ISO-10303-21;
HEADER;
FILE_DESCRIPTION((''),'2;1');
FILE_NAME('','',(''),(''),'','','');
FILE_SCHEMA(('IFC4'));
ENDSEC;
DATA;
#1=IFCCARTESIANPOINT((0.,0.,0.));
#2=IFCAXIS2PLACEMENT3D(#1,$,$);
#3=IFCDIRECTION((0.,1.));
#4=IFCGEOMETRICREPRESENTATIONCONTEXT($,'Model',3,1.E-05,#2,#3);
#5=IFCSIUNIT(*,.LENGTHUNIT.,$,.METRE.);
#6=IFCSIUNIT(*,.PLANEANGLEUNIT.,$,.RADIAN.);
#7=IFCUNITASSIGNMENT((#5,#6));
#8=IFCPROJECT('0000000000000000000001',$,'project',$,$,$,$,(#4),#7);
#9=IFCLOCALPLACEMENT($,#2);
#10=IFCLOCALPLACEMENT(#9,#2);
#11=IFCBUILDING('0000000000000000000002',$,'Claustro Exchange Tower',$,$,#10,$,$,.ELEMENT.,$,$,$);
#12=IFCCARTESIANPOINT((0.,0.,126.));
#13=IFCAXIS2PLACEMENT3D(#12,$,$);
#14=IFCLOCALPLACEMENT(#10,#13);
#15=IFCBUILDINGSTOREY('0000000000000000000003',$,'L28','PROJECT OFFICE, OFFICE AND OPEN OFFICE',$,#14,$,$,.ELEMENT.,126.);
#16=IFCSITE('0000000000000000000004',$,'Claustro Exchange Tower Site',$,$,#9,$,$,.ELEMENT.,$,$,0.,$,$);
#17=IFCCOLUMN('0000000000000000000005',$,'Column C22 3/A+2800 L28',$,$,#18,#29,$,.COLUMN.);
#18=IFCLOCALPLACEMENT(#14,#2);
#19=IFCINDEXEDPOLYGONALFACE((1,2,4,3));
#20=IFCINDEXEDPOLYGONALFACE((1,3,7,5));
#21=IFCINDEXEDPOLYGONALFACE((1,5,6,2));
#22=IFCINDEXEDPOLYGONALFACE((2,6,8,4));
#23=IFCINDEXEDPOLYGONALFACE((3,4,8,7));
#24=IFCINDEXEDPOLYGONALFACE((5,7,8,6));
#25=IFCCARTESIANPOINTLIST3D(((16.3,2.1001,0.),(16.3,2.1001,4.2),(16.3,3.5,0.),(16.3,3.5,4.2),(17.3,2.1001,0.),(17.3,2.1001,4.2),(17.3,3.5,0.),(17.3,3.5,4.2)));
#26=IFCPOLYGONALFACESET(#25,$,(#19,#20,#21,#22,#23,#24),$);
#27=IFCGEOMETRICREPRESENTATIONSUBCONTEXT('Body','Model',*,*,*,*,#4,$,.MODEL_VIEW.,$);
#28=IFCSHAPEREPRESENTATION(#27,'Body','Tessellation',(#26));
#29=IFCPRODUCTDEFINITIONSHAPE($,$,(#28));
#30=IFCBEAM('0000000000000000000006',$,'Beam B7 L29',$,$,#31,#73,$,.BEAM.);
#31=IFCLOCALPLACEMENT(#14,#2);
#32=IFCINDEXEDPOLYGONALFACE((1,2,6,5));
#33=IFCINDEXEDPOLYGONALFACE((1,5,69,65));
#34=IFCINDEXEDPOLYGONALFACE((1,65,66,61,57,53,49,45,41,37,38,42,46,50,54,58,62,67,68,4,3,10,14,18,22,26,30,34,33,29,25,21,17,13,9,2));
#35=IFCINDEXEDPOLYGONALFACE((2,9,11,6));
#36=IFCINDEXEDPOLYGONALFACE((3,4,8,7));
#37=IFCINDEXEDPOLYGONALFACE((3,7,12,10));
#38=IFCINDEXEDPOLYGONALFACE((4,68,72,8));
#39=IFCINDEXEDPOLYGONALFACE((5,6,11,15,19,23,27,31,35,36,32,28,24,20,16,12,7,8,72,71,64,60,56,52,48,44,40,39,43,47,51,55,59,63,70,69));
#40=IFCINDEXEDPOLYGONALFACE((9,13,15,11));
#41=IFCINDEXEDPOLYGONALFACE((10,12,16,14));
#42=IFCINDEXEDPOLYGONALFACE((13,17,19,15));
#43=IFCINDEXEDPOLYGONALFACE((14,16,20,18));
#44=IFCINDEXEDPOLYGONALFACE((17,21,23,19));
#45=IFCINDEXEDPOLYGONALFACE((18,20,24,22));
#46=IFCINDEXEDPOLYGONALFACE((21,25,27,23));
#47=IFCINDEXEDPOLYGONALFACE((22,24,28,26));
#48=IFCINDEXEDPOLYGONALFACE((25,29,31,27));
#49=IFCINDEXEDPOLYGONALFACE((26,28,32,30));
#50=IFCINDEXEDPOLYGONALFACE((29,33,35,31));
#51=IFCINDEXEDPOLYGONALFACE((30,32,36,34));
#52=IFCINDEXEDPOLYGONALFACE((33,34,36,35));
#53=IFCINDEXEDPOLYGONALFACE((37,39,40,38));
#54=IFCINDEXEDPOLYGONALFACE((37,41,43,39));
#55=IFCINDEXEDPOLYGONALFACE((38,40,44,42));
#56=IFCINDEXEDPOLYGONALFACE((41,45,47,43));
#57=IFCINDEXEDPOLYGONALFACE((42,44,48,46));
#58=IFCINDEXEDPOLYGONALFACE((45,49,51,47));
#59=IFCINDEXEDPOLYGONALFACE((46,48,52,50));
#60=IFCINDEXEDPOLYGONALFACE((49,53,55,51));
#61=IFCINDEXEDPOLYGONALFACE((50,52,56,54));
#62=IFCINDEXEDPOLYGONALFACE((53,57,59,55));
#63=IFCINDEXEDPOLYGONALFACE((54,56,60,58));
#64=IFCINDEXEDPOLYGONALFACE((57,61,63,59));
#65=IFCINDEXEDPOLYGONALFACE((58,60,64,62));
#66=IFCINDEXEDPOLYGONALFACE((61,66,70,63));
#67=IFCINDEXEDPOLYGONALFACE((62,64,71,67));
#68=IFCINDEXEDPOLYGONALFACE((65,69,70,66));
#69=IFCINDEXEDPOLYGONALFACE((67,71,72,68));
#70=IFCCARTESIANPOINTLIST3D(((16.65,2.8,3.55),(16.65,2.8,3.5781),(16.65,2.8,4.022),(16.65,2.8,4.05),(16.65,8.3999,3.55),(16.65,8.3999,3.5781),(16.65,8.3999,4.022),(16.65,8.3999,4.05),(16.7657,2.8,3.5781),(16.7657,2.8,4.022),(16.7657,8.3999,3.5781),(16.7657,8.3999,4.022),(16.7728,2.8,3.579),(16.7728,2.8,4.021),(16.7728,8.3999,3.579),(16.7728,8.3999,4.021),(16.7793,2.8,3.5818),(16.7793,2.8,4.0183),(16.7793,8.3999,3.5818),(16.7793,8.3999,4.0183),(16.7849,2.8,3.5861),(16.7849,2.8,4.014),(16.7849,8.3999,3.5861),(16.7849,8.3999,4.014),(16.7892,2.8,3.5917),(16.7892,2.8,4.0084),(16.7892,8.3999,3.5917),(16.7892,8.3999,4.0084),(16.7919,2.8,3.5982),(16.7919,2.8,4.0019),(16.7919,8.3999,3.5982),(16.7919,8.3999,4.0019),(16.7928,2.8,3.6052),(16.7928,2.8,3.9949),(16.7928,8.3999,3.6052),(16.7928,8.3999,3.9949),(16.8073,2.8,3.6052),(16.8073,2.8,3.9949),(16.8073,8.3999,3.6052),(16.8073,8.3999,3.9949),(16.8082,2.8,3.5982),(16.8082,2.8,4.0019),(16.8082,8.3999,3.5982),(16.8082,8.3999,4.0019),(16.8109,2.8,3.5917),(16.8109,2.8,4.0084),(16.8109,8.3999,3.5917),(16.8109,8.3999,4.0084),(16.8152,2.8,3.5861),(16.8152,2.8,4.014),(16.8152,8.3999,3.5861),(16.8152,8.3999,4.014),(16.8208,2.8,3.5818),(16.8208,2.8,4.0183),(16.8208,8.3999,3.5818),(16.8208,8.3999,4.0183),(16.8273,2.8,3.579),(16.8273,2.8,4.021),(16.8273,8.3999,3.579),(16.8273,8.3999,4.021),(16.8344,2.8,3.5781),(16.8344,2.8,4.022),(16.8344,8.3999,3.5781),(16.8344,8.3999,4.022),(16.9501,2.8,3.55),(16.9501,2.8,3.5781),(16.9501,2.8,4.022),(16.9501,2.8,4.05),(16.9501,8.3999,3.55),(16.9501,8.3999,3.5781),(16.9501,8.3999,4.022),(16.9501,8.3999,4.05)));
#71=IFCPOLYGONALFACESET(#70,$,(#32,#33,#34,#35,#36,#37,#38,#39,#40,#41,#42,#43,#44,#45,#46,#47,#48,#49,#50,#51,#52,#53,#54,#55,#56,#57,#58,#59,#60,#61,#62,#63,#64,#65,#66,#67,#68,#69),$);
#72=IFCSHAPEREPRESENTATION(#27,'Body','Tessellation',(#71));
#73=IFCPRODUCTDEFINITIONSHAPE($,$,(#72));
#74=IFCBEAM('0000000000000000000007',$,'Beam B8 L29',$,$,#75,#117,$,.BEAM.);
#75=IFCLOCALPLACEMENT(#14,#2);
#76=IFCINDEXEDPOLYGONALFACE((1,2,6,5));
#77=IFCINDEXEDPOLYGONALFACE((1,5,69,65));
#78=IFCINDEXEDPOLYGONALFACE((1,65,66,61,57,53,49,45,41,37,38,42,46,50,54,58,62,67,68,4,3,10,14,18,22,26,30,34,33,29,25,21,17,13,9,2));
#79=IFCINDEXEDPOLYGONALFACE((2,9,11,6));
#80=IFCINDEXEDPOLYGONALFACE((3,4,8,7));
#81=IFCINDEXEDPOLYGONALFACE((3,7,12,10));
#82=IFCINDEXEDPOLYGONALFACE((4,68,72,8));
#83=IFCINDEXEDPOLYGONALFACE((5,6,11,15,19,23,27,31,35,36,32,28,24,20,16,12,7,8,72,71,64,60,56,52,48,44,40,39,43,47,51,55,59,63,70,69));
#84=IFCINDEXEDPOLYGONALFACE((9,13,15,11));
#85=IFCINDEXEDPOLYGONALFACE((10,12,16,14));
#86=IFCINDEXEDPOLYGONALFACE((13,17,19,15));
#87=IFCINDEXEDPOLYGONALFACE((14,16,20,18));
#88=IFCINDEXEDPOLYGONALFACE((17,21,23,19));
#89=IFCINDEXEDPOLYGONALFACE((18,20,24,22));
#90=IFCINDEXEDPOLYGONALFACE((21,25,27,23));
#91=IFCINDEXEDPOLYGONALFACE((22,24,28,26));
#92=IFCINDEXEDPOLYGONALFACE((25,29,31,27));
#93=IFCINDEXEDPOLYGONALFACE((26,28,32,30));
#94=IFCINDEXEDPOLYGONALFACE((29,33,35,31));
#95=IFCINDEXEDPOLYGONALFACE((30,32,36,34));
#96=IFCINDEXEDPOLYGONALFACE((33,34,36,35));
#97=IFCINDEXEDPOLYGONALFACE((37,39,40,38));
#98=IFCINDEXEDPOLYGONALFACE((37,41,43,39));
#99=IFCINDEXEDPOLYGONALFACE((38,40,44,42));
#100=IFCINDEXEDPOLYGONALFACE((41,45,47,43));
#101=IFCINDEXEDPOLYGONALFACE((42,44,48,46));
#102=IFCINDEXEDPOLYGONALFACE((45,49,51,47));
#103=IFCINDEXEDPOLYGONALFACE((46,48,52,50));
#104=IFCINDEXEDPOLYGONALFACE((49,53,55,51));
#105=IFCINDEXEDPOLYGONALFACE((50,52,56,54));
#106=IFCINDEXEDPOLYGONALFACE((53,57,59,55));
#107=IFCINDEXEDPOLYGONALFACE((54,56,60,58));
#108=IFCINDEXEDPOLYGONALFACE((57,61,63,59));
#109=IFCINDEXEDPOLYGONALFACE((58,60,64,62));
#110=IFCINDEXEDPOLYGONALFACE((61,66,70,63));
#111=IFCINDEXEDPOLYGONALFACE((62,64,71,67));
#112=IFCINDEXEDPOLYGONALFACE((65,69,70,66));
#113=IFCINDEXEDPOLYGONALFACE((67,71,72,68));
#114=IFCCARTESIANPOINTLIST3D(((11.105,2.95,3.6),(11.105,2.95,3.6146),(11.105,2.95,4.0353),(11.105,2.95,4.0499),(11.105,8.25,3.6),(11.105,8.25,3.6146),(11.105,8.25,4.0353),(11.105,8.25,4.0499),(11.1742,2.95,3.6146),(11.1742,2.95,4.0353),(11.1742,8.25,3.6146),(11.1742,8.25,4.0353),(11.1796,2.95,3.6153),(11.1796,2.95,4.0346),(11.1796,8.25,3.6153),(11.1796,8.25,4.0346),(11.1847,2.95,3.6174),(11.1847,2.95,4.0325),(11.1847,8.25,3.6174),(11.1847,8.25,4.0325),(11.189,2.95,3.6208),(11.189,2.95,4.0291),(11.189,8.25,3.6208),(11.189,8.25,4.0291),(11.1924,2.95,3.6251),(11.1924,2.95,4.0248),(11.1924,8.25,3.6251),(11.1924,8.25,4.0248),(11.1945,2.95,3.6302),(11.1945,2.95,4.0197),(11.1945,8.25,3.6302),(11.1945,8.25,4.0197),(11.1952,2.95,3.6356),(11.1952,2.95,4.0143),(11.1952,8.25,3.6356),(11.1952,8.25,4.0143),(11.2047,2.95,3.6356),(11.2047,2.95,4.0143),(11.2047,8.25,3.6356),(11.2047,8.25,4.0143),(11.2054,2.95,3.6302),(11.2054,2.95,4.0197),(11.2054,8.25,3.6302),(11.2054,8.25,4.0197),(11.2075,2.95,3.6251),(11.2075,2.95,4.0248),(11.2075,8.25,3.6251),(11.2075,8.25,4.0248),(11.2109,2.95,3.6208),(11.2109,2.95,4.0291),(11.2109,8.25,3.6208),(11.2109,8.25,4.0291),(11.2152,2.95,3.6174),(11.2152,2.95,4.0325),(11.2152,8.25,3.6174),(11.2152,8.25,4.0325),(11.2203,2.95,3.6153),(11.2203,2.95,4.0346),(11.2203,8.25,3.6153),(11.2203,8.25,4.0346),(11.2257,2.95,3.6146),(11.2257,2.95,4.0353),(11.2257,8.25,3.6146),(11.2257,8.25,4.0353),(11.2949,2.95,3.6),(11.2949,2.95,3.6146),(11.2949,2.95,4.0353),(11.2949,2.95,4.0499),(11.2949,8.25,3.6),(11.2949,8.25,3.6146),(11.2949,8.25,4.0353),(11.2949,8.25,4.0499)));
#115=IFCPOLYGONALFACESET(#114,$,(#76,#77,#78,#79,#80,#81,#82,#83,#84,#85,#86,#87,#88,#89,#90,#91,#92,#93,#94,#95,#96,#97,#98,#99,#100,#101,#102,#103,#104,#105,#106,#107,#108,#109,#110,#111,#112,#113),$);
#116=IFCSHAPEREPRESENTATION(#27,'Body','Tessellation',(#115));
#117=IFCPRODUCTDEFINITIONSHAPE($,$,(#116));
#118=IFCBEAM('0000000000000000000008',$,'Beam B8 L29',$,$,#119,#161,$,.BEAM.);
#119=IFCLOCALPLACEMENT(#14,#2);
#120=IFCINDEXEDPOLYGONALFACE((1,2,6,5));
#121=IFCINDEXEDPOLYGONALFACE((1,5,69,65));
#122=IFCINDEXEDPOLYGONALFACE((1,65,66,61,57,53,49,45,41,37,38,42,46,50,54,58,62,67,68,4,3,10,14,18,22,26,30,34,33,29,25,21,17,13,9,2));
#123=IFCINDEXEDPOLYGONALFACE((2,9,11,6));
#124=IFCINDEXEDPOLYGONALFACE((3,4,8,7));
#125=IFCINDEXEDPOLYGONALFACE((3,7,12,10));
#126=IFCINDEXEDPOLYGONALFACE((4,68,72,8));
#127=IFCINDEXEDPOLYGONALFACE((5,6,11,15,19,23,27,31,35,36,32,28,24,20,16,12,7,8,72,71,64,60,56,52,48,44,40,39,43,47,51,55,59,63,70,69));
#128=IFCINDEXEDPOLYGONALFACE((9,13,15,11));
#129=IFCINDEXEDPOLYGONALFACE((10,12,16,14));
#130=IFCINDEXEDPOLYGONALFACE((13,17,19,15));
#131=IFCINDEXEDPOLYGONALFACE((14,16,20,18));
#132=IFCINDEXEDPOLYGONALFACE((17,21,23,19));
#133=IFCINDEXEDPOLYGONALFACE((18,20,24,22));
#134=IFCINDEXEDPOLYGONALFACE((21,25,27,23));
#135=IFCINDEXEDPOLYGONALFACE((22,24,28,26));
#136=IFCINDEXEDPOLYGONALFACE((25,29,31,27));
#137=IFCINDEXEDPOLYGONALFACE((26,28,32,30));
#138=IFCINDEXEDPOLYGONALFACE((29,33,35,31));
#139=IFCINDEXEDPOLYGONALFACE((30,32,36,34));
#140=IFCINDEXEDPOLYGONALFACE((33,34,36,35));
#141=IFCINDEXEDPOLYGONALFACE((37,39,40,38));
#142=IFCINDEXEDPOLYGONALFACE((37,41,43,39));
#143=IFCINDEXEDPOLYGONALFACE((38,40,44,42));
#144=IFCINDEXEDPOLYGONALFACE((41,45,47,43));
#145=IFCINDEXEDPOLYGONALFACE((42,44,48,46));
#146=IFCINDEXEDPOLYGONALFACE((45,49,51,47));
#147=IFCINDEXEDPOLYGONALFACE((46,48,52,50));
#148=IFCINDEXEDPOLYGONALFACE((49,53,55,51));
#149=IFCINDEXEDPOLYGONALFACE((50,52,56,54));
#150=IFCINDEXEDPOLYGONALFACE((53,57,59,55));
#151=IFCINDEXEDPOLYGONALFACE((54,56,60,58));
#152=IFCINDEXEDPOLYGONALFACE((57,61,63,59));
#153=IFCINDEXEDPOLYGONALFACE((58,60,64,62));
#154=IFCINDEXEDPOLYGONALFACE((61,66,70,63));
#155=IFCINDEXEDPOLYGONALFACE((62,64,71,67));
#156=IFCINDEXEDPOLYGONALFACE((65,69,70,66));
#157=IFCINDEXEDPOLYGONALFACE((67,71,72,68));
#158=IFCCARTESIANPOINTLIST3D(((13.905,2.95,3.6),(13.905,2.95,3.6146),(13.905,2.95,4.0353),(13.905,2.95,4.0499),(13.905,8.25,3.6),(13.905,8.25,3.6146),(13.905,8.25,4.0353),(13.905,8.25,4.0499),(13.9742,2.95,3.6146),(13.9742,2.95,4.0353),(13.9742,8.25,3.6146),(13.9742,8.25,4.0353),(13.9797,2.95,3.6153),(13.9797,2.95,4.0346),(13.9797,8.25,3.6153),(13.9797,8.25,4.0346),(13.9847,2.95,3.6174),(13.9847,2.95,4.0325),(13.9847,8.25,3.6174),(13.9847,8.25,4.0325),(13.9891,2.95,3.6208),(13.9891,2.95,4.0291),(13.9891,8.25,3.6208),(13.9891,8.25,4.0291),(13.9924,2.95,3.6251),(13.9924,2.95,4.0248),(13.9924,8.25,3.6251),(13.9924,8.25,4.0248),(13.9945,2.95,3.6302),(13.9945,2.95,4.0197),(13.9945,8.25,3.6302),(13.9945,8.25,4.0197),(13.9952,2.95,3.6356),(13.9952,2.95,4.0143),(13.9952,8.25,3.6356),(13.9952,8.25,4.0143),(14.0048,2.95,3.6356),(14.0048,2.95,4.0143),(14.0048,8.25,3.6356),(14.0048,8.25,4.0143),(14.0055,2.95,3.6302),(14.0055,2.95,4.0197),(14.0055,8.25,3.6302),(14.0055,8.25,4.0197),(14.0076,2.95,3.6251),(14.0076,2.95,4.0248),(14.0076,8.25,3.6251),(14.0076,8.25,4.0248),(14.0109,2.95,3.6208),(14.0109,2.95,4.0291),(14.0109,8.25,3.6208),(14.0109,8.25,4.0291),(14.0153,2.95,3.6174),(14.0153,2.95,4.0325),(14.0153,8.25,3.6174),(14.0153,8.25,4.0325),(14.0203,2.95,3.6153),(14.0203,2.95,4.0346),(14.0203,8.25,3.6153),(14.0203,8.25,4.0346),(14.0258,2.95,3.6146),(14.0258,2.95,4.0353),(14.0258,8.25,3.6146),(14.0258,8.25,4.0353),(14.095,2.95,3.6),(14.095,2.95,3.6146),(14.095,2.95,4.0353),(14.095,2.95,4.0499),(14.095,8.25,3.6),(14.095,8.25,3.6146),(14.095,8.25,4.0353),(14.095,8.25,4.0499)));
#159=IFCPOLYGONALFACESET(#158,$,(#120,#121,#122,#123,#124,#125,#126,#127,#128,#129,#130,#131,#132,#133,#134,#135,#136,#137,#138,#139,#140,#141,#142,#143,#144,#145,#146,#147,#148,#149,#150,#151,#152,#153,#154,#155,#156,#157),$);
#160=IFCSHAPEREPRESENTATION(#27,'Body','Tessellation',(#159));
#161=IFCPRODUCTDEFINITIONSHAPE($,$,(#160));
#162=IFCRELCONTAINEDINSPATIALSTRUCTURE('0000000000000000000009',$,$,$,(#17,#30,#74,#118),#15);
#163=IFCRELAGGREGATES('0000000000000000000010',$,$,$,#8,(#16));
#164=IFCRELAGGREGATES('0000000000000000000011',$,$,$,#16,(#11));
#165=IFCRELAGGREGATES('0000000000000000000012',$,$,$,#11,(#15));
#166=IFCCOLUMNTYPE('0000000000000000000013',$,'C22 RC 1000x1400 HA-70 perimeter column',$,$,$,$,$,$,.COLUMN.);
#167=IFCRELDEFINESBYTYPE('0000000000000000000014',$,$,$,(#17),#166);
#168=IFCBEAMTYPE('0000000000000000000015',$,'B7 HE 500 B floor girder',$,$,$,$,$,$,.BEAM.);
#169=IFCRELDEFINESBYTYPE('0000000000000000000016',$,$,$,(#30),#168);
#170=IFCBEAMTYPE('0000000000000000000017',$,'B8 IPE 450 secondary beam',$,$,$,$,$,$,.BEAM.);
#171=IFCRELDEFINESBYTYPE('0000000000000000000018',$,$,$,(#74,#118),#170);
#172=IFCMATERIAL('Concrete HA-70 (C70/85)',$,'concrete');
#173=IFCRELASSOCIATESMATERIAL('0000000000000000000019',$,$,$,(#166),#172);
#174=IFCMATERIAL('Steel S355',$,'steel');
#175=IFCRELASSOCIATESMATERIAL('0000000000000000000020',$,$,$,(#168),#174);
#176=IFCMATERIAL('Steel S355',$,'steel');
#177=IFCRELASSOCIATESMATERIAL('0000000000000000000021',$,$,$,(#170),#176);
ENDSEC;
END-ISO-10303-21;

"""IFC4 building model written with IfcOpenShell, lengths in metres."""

from ifc_helpers import new_model, si_unit, direction, frame, origin, origin_2d, place, context, subcontext, project, spatial, rectangle, i_section, extrude, material, material_profile, profile_set, type_object, element, save


model = new_model("IFC4")

# Units and contexts
model_context = context("Model", 3, precision=1e-05, world=origin(), true_north=direction((0.0, 1.0)))
body_context = subcontext(model_context, "Body", "Model", "MODEL_VIEW")
ifc_project = project(units=[si_unit("LENGTHUNIT", "METRE"), si_unit("PLANEANGLEUNIT", "RADIAN")], contexts=[model_context])

# Site, building, storey
site_placement = place(None, origin())
site = spatial("IfcSite", under=ifc_project, at=site_placement, Name="Claustro Exchange Tower Site", CompositionType="ELEMENT", RefElevation=0.0)
building_placement = place(site_placement, origin())
building = spatial("IfcBuilding", under=site, at=building_placement, Name="Claustro Exchange Tower", CompositionType="ELEMENT")
storey_placement = place(building_placement, frame((0.0, 0.0, 126.0)))
storey = spatial("IfcBuildingStorey", under=building, at=storey_placement, Name="L28", Description="PROJECT OFFICE, OFFICE AND OPEN OFFICE", CompositionType="ELEMENT", Elevation=126.0)

# Column
ifc_material_1 = material(Name="Concrete HA-70 (C70/85)", Category="concrete")
ifc_material_profile_1 = material_profile(ifc_material_1, rectangle(XDim=1.0, YDim=1.3999, at=origin_2d()), Name="RC 1000x1400")
ifc_profile_set_1 = profile_set([ifc_material_profile_1], Name="Concrete HA-70 (C70/85)")
column_type = type_object("IfcColumnType", Name="C22 RC 1000x1400 HA-70 perimeter column", PredefinedType="COLUMN", material=ifc_profile_set_1)
column_placement = place(storey_placement, frame((16.8, 2.8, 0.0), z_axis=(0.0, 0.0, 1.0), x_axis=(1.0, 0.0, 0.0)))
element("IfcColumn", 1, at=column_placement, inside=storey, type_object=column_type, Name="Column C22 3/A+2800 L28", PredefinedType="COLUMN", context=body_context, shape_type="SweptSolid", body=[
    extrude(rectangle(XDim=1.0, YDim=1.3999, at=origin_2d()), origin(), (0.0, 0.0, 1.0), 4.2),
])

# Beams
ifc_material_2 = material(Name="Steel S355", Category="steel")
ifc_material_profile_2 = material_profile(ifc_material_2, i_section(OverallWidth=0.3, OverallDepth=0.5, WebThickness=0.0144, FlangeThickness=0.0281, FilletRadius=0.0271, at=origin_2d()), Name="HE 500 B")
ifc_profile_set_2 = profile_set([ifc_material_profile_2], Name="Steel S355")
beam_type_1 = type_object("IfcBeamType", Name="B7 HE 500 B floor girder", PredefinedType="BEAM", material=ifc_profile_set_2)
beam_1_placement = place(storey_placement, frame((16.8, 2.8, 3.8), z_axis=(0.0, 1.0, 0.0), x_axis=(-1.0, 0.0, 0.0)))
element("IfcBeam", 2, at=beam_1_placement, inside=storey, type_object=beam_type_1, Name="Beam B7 L29", PredefinedType="BEAM", context=body_context, shape_type="SweptSolid", body=[
    extrude(i_section(OverallWidth=0.3, OverallDepth=0.5, WebThickness=0.0144, FlangeThickness=0.0281, FilletRadius=0.0271, at=origin_2d()), origin(), (0.0, 0.0, 1.0), 5.5999),
])
ifc_material_3 = material(Name="Steel S355", Category="steel")
ifc_material_profile_3 = material_profile(ifc_material_3, i_section(OverallWidth=0.1899, OverallDepth=0.45, WebThickness=0.0095, FlangeThickness=0.0146, FilletRadius=0.021, at=origin_2d()), Name="IPE 450")
ifc_profile_set_3 = profile_set([ifc_material_profile_3], Name="Steel S355")
beam_type_2 = type_object("IfcBeamType", Name="B8 IPE 450 secondary beam", PredefinedType="BEAM", material=ifc_profile_set_3)
for number, where, z_axis, x_axis, name in (
    (3, (11.2, 2.95, 3.825), (0.0, 1.0, 0.0), (-1.0, 0.0, 0.0), "Beam B8 L29"),
    (4, (14.0, 2.95, 3.825), (0.0, 1.0, 0.0), (-1.0, 0.0, 0.0), "Beam B8 L29"),
):
    element("IfcBeam", number, at=place(storey_placement, frame(where, z_axis=z_axis, x_axis=x_axis)), inside=storey, type_object=beam_type_2, Name=name, PredefinedType="BEAM", context=body_context, shape_type="SweptSolid", body=[
        extrude(i_section(OverallWidth=0.1899, OverallDepth=0.45, WebThickness=0.0095, FlangeThickness=0.0146, FilletRadius=0.021, at=origin_2d()), origin(), (0.0, 0.0, 1.0), 5.3),
    ])

save(model, "model.ifc")
